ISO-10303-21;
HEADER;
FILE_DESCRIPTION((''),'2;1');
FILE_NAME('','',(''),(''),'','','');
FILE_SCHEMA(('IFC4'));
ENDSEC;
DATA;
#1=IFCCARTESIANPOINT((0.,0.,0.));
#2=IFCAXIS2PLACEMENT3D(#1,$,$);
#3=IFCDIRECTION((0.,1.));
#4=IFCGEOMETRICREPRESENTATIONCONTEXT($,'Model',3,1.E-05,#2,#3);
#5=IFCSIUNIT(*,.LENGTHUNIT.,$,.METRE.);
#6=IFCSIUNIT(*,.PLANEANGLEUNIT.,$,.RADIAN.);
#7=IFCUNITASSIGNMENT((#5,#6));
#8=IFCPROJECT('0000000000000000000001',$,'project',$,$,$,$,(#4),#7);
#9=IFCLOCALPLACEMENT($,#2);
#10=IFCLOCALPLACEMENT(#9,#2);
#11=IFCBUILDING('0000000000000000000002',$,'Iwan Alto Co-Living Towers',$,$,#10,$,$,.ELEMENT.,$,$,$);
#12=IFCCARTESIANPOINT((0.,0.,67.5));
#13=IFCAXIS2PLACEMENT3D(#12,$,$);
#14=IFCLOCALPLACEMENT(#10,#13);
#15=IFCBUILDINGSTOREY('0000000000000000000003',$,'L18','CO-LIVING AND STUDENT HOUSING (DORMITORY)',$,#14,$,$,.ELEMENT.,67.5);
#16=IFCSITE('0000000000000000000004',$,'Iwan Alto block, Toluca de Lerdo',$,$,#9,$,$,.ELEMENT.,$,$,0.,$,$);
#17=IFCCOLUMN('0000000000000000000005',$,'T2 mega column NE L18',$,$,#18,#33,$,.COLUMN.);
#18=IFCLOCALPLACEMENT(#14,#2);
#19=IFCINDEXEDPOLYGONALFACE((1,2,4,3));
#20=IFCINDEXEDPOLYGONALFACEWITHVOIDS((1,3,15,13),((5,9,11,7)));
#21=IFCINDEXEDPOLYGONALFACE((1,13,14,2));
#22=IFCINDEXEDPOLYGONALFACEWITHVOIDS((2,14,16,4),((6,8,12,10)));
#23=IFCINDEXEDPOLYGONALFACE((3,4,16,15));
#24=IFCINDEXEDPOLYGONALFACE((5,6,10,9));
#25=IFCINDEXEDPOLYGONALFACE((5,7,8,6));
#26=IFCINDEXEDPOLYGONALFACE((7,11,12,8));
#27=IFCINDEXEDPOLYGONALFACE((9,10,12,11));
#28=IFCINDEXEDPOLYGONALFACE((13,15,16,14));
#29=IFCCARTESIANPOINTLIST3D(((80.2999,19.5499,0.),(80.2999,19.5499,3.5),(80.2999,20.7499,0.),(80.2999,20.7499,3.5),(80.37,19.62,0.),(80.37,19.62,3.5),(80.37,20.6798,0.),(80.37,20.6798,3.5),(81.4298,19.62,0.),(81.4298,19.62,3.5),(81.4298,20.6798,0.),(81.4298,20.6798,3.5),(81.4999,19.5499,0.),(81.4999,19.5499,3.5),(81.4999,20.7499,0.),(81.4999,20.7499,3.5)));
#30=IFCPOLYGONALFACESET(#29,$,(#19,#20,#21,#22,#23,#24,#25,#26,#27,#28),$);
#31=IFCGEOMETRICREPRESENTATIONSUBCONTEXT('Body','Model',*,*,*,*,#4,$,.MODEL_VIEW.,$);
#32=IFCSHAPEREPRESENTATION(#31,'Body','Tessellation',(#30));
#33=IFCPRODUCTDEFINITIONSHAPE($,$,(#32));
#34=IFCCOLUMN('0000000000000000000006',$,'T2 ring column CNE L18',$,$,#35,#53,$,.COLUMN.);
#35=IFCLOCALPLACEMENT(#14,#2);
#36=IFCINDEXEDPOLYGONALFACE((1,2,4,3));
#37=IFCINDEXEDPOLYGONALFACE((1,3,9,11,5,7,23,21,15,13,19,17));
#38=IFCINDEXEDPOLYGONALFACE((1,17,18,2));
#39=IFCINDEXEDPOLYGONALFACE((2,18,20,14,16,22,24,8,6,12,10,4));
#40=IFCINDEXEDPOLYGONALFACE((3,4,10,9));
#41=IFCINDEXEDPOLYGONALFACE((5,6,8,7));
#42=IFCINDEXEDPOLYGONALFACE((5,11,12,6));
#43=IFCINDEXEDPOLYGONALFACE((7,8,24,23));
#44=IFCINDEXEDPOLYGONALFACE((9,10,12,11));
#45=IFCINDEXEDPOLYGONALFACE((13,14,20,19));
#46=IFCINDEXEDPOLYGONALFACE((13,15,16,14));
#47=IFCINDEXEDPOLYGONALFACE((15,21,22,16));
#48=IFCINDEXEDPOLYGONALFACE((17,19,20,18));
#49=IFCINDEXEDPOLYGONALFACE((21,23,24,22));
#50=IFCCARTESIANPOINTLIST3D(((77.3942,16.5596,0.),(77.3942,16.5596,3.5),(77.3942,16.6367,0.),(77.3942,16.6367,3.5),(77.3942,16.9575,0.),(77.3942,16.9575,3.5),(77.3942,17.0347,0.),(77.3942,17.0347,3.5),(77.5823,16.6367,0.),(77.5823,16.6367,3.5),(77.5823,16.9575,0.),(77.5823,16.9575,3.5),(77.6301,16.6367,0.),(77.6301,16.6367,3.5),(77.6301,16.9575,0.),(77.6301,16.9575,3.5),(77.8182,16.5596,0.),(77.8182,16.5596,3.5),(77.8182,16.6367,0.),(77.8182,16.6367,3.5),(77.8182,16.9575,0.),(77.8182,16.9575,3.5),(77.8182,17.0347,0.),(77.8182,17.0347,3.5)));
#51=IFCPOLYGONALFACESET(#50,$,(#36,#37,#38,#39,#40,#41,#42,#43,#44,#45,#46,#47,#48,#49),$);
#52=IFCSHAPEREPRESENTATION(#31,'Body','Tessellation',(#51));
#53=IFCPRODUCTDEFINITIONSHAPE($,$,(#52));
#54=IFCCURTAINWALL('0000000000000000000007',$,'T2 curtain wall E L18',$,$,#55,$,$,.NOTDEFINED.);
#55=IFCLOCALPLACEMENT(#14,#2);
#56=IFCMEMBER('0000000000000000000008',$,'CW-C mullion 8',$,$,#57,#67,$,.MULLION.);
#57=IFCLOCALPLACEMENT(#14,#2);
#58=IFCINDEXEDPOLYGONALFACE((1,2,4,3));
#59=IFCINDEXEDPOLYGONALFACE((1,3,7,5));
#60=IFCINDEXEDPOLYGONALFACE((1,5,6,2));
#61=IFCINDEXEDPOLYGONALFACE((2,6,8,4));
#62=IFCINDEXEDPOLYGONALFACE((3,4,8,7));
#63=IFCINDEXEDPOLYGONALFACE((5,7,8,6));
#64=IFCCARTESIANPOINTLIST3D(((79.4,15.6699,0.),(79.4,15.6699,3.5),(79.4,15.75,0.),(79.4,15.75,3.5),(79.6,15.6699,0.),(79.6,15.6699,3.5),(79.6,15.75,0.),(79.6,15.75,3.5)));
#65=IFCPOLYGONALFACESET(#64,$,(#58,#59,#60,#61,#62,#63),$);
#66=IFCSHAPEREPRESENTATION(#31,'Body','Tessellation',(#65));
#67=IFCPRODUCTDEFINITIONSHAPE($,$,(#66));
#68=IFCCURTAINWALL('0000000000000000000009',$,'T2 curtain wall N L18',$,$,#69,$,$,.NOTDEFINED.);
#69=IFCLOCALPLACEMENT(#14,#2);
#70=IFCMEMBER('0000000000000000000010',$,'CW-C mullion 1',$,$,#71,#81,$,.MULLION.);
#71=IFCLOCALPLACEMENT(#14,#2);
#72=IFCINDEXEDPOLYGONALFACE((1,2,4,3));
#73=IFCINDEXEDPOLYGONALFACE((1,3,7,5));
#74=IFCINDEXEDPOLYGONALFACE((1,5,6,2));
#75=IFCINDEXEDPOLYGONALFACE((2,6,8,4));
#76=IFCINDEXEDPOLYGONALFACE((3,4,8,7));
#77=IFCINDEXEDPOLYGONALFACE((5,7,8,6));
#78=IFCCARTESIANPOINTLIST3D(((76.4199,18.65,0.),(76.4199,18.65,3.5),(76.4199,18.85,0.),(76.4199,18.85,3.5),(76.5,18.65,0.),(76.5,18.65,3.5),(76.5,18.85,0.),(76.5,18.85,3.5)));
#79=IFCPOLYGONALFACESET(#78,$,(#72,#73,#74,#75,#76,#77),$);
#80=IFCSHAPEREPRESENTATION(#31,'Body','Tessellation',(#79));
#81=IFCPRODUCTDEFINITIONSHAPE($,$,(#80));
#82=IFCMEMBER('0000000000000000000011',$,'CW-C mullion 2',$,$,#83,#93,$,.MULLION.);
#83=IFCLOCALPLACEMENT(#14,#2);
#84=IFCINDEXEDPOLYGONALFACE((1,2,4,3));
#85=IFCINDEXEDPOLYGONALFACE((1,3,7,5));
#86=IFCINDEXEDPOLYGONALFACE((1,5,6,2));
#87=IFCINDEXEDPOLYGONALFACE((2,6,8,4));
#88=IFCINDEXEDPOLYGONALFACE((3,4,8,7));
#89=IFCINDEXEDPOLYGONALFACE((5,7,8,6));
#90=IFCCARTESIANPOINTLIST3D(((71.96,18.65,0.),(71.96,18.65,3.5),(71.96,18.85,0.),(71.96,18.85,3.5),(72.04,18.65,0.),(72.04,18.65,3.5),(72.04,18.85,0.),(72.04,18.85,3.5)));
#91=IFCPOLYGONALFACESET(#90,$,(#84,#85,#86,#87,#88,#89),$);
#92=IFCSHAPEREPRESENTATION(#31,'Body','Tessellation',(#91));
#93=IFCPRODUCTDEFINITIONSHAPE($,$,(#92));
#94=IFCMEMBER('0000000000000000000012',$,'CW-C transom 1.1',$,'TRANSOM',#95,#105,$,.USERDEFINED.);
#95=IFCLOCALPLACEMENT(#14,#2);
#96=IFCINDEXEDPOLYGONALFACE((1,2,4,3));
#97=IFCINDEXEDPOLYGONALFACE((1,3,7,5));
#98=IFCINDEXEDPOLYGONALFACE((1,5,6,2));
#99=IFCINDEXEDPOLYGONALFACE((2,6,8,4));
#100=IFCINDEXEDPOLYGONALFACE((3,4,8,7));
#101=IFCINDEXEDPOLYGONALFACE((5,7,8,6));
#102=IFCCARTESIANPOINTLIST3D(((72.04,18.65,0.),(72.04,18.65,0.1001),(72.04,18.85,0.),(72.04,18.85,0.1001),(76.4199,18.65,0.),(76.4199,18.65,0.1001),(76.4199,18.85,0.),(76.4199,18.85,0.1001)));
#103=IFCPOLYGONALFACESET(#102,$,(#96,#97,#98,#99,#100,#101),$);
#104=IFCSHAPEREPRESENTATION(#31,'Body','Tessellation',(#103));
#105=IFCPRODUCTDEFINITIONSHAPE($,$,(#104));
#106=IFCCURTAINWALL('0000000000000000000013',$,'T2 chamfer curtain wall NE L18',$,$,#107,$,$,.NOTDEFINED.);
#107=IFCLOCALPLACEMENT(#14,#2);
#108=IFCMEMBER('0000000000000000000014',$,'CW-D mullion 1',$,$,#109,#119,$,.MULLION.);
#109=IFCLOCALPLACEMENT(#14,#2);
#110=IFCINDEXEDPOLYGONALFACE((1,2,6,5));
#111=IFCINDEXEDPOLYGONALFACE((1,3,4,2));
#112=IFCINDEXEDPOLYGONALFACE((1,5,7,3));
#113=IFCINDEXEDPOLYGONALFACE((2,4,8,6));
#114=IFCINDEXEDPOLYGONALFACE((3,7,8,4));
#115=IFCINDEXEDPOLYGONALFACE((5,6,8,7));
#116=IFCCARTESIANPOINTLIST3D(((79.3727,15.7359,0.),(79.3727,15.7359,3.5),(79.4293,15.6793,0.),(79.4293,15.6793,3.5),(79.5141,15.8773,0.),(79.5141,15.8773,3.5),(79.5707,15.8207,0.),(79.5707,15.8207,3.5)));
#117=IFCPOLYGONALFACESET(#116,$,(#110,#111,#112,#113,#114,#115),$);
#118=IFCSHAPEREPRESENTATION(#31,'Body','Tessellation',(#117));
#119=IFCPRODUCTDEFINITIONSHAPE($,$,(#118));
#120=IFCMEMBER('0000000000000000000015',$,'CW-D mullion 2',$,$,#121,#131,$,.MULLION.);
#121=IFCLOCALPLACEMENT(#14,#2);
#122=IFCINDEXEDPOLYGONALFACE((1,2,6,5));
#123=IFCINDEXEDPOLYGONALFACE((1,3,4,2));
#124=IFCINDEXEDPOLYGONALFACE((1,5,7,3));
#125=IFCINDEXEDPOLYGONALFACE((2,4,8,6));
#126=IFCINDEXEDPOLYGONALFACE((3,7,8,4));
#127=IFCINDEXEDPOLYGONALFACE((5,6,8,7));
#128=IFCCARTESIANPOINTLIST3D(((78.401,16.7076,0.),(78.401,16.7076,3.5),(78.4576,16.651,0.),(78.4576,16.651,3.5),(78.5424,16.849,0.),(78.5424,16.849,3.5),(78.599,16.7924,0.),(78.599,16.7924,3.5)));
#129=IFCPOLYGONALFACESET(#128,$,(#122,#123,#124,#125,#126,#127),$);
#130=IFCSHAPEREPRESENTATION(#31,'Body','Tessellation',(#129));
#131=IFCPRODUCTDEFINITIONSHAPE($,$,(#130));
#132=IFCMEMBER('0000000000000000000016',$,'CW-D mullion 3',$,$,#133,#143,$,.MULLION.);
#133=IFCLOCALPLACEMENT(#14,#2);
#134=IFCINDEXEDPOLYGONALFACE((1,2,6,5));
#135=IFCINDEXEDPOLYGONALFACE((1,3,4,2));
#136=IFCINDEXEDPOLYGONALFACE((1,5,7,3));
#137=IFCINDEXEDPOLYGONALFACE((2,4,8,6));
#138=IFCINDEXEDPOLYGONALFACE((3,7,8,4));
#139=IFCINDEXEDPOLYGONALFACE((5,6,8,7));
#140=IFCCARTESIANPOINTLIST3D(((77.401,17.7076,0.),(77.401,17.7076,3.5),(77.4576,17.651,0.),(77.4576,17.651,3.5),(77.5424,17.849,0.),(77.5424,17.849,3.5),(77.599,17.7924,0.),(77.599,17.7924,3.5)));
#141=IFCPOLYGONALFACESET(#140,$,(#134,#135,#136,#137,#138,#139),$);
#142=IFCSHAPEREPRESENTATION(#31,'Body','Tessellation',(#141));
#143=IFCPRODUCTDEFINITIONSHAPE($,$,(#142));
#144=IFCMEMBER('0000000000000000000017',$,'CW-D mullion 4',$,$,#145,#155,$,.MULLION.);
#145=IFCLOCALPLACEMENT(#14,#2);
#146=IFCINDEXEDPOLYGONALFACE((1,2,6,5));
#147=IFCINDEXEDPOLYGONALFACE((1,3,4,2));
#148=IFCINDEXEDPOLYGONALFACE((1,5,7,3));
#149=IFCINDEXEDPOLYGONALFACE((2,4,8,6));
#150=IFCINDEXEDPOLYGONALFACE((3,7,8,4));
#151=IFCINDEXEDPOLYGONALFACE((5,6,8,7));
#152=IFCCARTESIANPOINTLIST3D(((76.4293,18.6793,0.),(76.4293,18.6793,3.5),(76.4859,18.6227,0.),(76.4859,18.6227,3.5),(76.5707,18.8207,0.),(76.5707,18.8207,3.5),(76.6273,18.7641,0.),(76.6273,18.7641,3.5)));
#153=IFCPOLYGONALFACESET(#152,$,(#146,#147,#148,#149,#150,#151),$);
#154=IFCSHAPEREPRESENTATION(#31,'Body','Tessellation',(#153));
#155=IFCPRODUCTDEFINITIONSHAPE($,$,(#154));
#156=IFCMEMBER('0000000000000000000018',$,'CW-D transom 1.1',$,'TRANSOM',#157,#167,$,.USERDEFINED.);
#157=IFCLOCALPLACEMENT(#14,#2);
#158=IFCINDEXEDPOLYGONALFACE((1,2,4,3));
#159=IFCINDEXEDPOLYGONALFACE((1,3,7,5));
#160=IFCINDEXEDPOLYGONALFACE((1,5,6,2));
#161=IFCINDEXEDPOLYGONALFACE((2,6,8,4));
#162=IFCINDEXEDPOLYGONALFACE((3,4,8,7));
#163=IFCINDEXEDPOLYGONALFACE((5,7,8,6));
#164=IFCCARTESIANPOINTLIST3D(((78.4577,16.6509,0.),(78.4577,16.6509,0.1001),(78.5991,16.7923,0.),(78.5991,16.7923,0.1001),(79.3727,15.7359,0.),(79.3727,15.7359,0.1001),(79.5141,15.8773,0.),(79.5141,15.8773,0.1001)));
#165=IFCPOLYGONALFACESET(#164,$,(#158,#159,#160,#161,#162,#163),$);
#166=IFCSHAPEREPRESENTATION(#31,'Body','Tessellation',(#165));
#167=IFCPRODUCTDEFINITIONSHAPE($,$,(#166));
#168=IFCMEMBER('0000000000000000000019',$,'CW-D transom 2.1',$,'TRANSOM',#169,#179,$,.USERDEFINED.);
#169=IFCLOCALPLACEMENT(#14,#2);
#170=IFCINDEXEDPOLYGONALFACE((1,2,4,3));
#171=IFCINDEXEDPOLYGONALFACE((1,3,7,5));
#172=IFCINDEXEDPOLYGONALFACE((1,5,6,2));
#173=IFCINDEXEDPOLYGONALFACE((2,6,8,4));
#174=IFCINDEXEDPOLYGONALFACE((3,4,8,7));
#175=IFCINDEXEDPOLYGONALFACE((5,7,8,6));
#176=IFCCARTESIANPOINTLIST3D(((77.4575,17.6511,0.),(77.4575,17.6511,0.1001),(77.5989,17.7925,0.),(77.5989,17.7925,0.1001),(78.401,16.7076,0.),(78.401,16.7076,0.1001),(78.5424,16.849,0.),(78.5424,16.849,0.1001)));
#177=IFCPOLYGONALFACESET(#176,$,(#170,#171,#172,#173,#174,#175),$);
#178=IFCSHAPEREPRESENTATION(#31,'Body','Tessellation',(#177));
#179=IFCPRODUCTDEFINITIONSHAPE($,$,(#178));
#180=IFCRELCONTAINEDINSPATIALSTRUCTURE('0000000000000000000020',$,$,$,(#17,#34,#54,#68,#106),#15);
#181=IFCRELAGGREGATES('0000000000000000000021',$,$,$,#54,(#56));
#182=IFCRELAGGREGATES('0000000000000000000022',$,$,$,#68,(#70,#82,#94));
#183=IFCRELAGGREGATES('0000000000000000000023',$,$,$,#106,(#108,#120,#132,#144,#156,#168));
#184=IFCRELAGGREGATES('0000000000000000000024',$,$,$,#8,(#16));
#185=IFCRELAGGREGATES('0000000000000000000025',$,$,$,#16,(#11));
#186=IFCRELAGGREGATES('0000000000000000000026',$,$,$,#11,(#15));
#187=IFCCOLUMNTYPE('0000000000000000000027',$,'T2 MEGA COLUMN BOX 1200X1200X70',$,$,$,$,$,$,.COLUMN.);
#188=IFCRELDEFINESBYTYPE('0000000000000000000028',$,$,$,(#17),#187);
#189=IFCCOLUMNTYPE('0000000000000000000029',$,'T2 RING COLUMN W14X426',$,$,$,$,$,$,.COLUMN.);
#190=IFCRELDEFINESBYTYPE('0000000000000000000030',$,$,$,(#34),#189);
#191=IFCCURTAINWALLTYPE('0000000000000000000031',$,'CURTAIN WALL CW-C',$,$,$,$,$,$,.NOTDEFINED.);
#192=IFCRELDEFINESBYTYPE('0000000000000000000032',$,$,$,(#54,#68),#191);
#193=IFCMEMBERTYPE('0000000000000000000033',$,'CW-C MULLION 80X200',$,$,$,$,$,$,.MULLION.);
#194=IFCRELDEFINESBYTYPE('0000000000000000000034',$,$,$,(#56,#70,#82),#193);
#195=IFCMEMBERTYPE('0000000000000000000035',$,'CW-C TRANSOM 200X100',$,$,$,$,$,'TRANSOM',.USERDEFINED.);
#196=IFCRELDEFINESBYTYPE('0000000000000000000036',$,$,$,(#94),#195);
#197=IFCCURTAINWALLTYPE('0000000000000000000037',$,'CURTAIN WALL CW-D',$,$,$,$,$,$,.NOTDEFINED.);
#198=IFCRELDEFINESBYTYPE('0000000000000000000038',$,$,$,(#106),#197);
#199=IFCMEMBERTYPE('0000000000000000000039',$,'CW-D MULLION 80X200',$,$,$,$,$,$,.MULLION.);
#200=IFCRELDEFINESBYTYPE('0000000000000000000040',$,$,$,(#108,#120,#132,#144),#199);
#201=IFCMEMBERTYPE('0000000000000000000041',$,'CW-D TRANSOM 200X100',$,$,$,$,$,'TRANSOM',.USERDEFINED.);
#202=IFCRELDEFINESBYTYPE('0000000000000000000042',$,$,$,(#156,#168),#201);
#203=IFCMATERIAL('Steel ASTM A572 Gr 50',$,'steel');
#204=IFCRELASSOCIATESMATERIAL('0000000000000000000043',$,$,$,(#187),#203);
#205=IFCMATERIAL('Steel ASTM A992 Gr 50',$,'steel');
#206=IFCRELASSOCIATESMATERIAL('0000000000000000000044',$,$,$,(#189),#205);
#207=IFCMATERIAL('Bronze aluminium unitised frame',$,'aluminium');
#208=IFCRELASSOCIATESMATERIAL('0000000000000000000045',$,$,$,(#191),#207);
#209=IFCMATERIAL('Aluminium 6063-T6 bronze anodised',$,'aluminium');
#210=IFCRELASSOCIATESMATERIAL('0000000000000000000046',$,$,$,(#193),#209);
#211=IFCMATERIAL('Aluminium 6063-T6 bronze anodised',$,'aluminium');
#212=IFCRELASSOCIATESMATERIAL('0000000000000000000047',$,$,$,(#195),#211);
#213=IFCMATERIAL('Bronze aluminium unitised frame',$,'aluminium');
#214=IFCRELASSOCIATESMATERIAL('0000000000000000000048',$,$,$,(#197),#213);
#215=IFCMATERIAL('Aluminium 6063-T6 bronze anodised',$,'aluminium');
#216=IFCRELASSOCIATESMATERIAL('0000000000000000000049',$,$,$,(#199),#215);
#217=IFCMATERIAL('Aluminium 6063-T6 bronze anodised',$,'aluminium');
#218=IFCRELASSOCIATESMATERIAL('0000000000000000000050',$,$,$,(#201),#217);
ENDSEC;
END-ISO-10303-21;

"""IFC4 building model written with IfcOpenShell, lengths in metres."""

from ifc_helpers import new_model, si_unit, direction, frame, origin, origin_2d, place, context, subcontext, project, spatial, rectangle, hollow_rectangle, i_section, extrude, material, material_profile, profile_set, type_object, element, aggregate, save


model = new_model("IFC4")

# Units and contexts
model_context = context("Model", 3, precision=1e-05, world=origin(), true_north=direction((0.0, 1.0)))
body_context = subcontext(model_context, "Body", "Model", "MODEL_VIEW")
ifc_project = project(units=[si_unit("LENGTHUNIT", "METRE"), si_unit("PLANEANGLEUNIT", "RADIAN")], contexts=[model_context])

# Site, building, storey
site_placement = place(None, origin())
site = spatial("IfcSite", under=ifc_project, at=site_placement, Name="Iwan Alto block, Toluca de Lerdo", CompositionType="ELEMENT", RefElevation=0.0)
building_placement = place(site_placement, origin())
building = spatial("IfcBuilding", under=site, at=building_placement, Name="Iwan Alto Co-Living Towers", CompositionType="ELEMENT")
storey_placement = place(building_placement, frame((0.0, 0.0, 67.5)))
storey = spatial("IfcBuildingStorey", under=building, at=storey_placement, Name="L18", Description="CO-LIVING AND STUDENT HOUSING (DORMITORY)", CompositionType="ELEMENT", Elevation=67.5)

# Columns
ifc_material_1 = material(Name="Steel ASTM A572 Gr 50", Category="steel")
ifc_material_profile_1 = material_profile(ifc_material_1, hollow_rectangle(XDim=1.2, YDim=1.2, WallThickness=0.0701, at=origin_2d()), Name="BOX 1200X1200X70")
ifc_profile_set_1 = profile_set([ifc_material_profile_1], Name="Steel ASTM A572 Gr 50")
column_type_1 = type_object("IfcColumnType", Name="T2 MEGA COLUMN BOX 1200X1200X70", PredefinedType="COLUMN", material=ifc_profile_set_1)
column_1_placement = place(storey_placement, frame((80.8999, 20.1499, 0.0), z_axis=(0.0, 0.0, 1.0), x_axis=(1.0, 0.0, 0.0)))
element("IfcColumn", 1, at=column_1_placement, inside=storey, type_object=column_type_1, Name="T2 mega column NE L18", PredefinedType="COLUMN", context=body_context, shape_type="SweptSolid", body=[
    extrude(hollow_rectangle(XDim=1.2, YDim=1.2, WallThickness=0.0701, at=origin_2d()), origin(), (0.0, 0.0, 1.0), 3.5),
])
ifc_material_2 = material(Name="Steel ASTM A992 Gr 50", Category="steel")
ifc_material_profile_2 = material_profile(ifc_material_2, i_section(OverallWidth=0.4241, OverallDepth=0.4751, WebThickness=0.0479, FlangeThickness=0.0771, at=origin_2d()), Name="W14X426")
ifc_profile_set_2 = profile_set([ifc_material_profile_2], Name="Steel ASTM A992 Gr 50")
column_type_2 = type_object("IfcColumnType", Name="T2 RING COLUMN W14X426", PredefinedType="COLUMN", material=ifc_profile_set_2)
column_2_placement = place(storey_placement, frame((77.6062, 16.7971, 0.0), z_axis=(0.0, 0.0, 1.0), x_axis=(1.0, 0.0, 0.0)))
element("IfcColumn", 2, at=column_2_placement, inside=storey, type_object=column_type_2, Name="T2 ring column CNE L18", PredefinedType="COLUMN", context=body_context, shape_type="SweptSolid", body=[
    extrude(i_section(OverallWidth=0.4241, OverallDepth=0.4751, WebThickness=0.0479, FlangeThickness=0.0771, at=origin_2d()), origin(), (0.0, 0.0, 1.0), 3.5),
])

# Curtain wall, member
ifc_material_3 = material(Name="Bronze aluminium unitised frame", Category="aluminium")
curtain_wall_type_1 = type_object("IfcCurtainWallType", Name="CURTAIN WALL CW-C", PredefinedType="NOTDEFINED", material=ifc_material_3)
curtain_wall_1_placement = place(storey_placement, origin())
curtain_wall_1 = element("IfcCurtainWall", 3, at=curtain_wall_1_placement, inside=storey, type_object=curtain_wall_type_1, Name="T2 curtain wall E L18", PredefinedType="NOTDEFINED")
ifc_material_4 = material(Name="Aluminium 6063-T6 bronze anodised", Category="aluminium")
ifc_material_profile_3 = material_profile(ifc_material_4, rectangle(XDim=0.2, YDim=0.0801, at=origin_2d()), Name="AL 80X200")
ifc_profile_set_3 = profile_set([ifc_material_profile_3], Name="Aluminium 6063-T6 bronze anodised")
member_type_1 = type_object("IfcMemberType", Name="CW-C MULLION 80X200", PredefinedType="MULLION", material=ifc_profile_set_3)
member_1_placement = place(storey_placement, frame((79.5, 15.71, 0.0), z_axis=(0.0, 0.0, 1.0), x_axis=(-1.0, 0.0, 0.0)))
member_1 = element("IfcMember", 4, at=member_1_placement, type_object=member_type_1, Name="CW-C mullion 8", PredefinedType="MULLION", context=body_context, shape_type="SweptSolid", body=[
    extrude(rectangle(XDim=0.2, YDim=0.0801, at=origin_2d()), origin(), (0.0, 0.0, 1.0), 3.5),
])

# Curtain walls, members
curtain_wall_2_placement = place(storey_placement, origin())
curtain_wall_2 = element("IfcCurtainWall", 5, at=curtain_wall_2_placement, inside=storey, type_object=curtain_wall_type_1, Name="T2 curtain wall N L18", PredefinedType="NOTDEFINED")
member_2_placement = place(storey_placement, frame((76.46, 18.75, 0.0), z_axis=(0.0, 0.0, 1.0), x_axis=(0.0, -1.0, 0.0)))
member_2 = element("IfcMember", 6, at=member_2_placement, type_object=member_type_1, Name="CW-C mullion 1", PredefinedType="MULLION", context=body_context, shape_type="SweptSolid", body=[
    extrude(rectangle(XDim=0.2, YDim=0.0801, at=origin_2d()), origin(), (0.0, 0.0, 1.0), 3.5),
])
member_3_placement = place(storey_placement, frame((72.0, 18.75, 0.0), z_axis=(0.0, 0.0, 1.0), x_axis=(0.0, -1.0, 0.0)))
member_3 = element("IfcMember", 7, at=member_3_placement, type_object=member_type_1, Name="CW-C mullion 2", PredefinedType="MULLION", context=body_context, shape_type="SweptSolid", body=[
    extrude(rectangle(XDim=0.2, YDim=0.0801, at=origin_2d()), origin(), (0.0, 0.0, 1.0), 3.5),
])
ifc_material_5 = material(Name="Aluminium 6063-T6 bronze anodised", Category="aluminium")
ifc_material_profile_4 = material_profile(ifc_material_5, rectangle(XDim=0.2, YDim=0.1001, at=origin_2d()), Name="AL 200X100")
ifc_profile_set_4 = profile_set([ifc_material_profile_4], Name="Aluminium 6063-T6 bronze anodised")
member_type_2 = type_object("IfcMemberType", Name="CW-C TRANSOM 200X100", ElementType="TRANSOM", PredefinedType="USERDEFINED", material=ifc_profile_set_4)
member_4_placement = place(storey_placement, frame((76.4199, 18.75, 0.05), z_axis=(-1.0, 0.0, 0.0), x_axis=(0.0, -1.0, 0.0)))
member_4 = element("IfcMember", 8, at=member_4_placement, type_object=member_type_2, Name="CW-C transom 1.1", ObjectType="TRANSOM", PredefinedType="USERDEFINED", context=body_context, shape_type="SweptSolid", body=[
    extrude(rectangle(XDim=0.2, YDim=0.1001, at=origin_2d()), origin(), (0.0, 0.0, 1.0), 4.3799),
])
ifc_material_6 = material(Name="Bronze aluminium unitised frame", Category="aluminium")
curtain_wall_type_2 = type_object("IfcCurtainWallType", Name="CURTAIN WALL CW-D", PredefinedType="NOTDEFINED", material=ifc_material_6)
curtain_wall_3_placement = place(storey_placement, origin())
curtain_wall_3 = element("IfcCurtainWall", 9, at=curtain_wall_3_placement, inside=storey, type_object=curtain_wall_type_2, Name="T2 chamfer curtain wall NE L18", PredefinedType="NOTDEFINED")
ifc_material_7 = material(Name="Aluminium 6063-T6 bronze anodised", Category="aluminium")
ifc_material_profile_5 = material_profile(ifc_material_7, rectangle(XDim=0.2, YDim=0.0801, at=origin_2d()), Name="AL 80X200")
ifc_profile_set_5 = profile_set([ifc_material_profile_5], Name="Aluminium 6063-T6 bronze anodised")
member_type_3 = type_object("IfcMemberType", Name="CW-D MULLION 80X200", PredefinedType="MULLION", material=ifc_profile_set_5)
member_5_placement = place(storey_placement, frame((79.4717, 15.7783, 0.0), z_axis=(0.0, 0.0, 1.0), x_axis=(-0.707107, -0.707107, 0.0)))
member_5 = element("IfcMember", 10, at=member_5_placement, type_object=member_type_3, Name="CW-D mullion 1", PredefinedType="MULLION", context=body_context, shape_type="SweptSolid", body=[
    extrude(rectangle(XDim=0.2, YDim=0.0801, at=origin_2d()), origin(), (0.0, 0.0, 1.0), 3.5),
])
member_6_placement = place(storey_placement, frame((78.5, 16.75, 0.0), z_axis=(0.0, 0.0, 1.0), x_axis=(-0.707107, -0.707107, 0.0)))
member_6 = element("IfcMember", 11, at=member_6_placement, type_object=member_type_3, Name="CW-D mullion 2", PredefinedType="MULLION", context=body_context, shape_type="SweptSolid", body=[
    extrude(rectangle(XDim=0.2, YDim=0.0801, at=origin_2d()), origin(), (0.0, 0.0, 1.0), 3.5),
])
member_7_placement = place(storey_placement, frame((77.5, 17.75, 0.0), z_axis=(0.0, 0.0, 1.0), x_axis=(-0.707107, -0.707107, 0.0)))
member_7 = element("IfcMember", 12, at=member_7_placement, type_object=member_type_3, Name="CW-D mullion 3", PredefinedType="MULLION", context=body_context, shape_type="SweptSolid", body=[
    extrude(rectangle(XDim=0.2, YDim=0.0801, at=origin_2d()), origin(), (0.0, 0.0, 1.0), 3.5),
])
member_8_placement = place(storey_placement, frame((76.5283, 18.7217, 0.0), z_axis=(0.0, 0.0, 1.0), x_axis=(-0.707107, -0.707107, 0.0)))
member_8 = element("IfcMember", 13, at=member_8_placement, type_object=member_type_3, Name="CW-D mullion 4", PredefinedType="MULLION", context=body_context, shape_type="SweptSolid", body=[
    extrude(rectangle(XDim=0.2, YDim=0.0801, at=origin_2d()), origin(), (0.0, 0.0, 1.0), 3.5),
])
ifc_material_8 = material(Name="Aluminium 6063-T6 bronze anodised", Category="aluminium")
ifc_material_profile_6 = material_profile(ifc_material_8, rectangle(XDim=0.2, YDim=0.1001, at=origin_2d()), Name="AL 200X100")
ifc_profile_set_6 = profile_set([ifc_material_profile_6], Name="Aluminium 6063-T6 bronze anodised")
member_type_4 = type_object("IfcMemberType", Name="CW-D TRANSOM 200X100", ElementType="TRANSOM", PredefinedType="USERDEFINED", material=ifc_profile_set_6)
member_9_placement = place(storey_placement, frame((79.4434, 15.8066, 0.05), z_axis=(-0.707107, 0.707107, 0.0), x_axis=(-0.707107, -0.707107, 0.0)))
member_9 = element("IfcMember", 14, at=member_9_placement, type_object=member_type_4, Name="CW-D transom 1.1", ObjectType="TRANSOM", PredefinedType="USERDEFINED", context=body_context, shape_type="SweptSolid", body=[
    extrude(rectangle(XDim=0.2, YDim=0.1001, at=origin_2d()), origin(), (0.0, 0.0, 1.0), 1.2939),
])
member_10_placement = place(storey_placement, frame((78.4717, 16.7783, 0.05), z_axis=(-0.707107, 0.707107, 0.0), x_axis=(-0.707107, -0.707107, 0.0)))
member_10 = element("IfcMember", 15, at=member_10_placement, type_object=member_type_4, Name="CW-D transom 2.1", ObjectType="TRANSOM", PredefinedType="USERDEFINED", context=body_context, shape_type="SweptSolid", body=[
    extrude(rectangle(XDim=0.2, YDim=0.1001, at=origin_2d()), origin(), (0.0, 0.0, 1.0), 1.3342),
])

aggregate(curtain_wall_1, [member_1])
aggregate(curtain_wall_2, [member_2, member_3, member_4])
aggregate(curtain_wall_3, [member_5, member_6, member_7, member_8, member_9, member_10])

save(model, "model.ifc")
